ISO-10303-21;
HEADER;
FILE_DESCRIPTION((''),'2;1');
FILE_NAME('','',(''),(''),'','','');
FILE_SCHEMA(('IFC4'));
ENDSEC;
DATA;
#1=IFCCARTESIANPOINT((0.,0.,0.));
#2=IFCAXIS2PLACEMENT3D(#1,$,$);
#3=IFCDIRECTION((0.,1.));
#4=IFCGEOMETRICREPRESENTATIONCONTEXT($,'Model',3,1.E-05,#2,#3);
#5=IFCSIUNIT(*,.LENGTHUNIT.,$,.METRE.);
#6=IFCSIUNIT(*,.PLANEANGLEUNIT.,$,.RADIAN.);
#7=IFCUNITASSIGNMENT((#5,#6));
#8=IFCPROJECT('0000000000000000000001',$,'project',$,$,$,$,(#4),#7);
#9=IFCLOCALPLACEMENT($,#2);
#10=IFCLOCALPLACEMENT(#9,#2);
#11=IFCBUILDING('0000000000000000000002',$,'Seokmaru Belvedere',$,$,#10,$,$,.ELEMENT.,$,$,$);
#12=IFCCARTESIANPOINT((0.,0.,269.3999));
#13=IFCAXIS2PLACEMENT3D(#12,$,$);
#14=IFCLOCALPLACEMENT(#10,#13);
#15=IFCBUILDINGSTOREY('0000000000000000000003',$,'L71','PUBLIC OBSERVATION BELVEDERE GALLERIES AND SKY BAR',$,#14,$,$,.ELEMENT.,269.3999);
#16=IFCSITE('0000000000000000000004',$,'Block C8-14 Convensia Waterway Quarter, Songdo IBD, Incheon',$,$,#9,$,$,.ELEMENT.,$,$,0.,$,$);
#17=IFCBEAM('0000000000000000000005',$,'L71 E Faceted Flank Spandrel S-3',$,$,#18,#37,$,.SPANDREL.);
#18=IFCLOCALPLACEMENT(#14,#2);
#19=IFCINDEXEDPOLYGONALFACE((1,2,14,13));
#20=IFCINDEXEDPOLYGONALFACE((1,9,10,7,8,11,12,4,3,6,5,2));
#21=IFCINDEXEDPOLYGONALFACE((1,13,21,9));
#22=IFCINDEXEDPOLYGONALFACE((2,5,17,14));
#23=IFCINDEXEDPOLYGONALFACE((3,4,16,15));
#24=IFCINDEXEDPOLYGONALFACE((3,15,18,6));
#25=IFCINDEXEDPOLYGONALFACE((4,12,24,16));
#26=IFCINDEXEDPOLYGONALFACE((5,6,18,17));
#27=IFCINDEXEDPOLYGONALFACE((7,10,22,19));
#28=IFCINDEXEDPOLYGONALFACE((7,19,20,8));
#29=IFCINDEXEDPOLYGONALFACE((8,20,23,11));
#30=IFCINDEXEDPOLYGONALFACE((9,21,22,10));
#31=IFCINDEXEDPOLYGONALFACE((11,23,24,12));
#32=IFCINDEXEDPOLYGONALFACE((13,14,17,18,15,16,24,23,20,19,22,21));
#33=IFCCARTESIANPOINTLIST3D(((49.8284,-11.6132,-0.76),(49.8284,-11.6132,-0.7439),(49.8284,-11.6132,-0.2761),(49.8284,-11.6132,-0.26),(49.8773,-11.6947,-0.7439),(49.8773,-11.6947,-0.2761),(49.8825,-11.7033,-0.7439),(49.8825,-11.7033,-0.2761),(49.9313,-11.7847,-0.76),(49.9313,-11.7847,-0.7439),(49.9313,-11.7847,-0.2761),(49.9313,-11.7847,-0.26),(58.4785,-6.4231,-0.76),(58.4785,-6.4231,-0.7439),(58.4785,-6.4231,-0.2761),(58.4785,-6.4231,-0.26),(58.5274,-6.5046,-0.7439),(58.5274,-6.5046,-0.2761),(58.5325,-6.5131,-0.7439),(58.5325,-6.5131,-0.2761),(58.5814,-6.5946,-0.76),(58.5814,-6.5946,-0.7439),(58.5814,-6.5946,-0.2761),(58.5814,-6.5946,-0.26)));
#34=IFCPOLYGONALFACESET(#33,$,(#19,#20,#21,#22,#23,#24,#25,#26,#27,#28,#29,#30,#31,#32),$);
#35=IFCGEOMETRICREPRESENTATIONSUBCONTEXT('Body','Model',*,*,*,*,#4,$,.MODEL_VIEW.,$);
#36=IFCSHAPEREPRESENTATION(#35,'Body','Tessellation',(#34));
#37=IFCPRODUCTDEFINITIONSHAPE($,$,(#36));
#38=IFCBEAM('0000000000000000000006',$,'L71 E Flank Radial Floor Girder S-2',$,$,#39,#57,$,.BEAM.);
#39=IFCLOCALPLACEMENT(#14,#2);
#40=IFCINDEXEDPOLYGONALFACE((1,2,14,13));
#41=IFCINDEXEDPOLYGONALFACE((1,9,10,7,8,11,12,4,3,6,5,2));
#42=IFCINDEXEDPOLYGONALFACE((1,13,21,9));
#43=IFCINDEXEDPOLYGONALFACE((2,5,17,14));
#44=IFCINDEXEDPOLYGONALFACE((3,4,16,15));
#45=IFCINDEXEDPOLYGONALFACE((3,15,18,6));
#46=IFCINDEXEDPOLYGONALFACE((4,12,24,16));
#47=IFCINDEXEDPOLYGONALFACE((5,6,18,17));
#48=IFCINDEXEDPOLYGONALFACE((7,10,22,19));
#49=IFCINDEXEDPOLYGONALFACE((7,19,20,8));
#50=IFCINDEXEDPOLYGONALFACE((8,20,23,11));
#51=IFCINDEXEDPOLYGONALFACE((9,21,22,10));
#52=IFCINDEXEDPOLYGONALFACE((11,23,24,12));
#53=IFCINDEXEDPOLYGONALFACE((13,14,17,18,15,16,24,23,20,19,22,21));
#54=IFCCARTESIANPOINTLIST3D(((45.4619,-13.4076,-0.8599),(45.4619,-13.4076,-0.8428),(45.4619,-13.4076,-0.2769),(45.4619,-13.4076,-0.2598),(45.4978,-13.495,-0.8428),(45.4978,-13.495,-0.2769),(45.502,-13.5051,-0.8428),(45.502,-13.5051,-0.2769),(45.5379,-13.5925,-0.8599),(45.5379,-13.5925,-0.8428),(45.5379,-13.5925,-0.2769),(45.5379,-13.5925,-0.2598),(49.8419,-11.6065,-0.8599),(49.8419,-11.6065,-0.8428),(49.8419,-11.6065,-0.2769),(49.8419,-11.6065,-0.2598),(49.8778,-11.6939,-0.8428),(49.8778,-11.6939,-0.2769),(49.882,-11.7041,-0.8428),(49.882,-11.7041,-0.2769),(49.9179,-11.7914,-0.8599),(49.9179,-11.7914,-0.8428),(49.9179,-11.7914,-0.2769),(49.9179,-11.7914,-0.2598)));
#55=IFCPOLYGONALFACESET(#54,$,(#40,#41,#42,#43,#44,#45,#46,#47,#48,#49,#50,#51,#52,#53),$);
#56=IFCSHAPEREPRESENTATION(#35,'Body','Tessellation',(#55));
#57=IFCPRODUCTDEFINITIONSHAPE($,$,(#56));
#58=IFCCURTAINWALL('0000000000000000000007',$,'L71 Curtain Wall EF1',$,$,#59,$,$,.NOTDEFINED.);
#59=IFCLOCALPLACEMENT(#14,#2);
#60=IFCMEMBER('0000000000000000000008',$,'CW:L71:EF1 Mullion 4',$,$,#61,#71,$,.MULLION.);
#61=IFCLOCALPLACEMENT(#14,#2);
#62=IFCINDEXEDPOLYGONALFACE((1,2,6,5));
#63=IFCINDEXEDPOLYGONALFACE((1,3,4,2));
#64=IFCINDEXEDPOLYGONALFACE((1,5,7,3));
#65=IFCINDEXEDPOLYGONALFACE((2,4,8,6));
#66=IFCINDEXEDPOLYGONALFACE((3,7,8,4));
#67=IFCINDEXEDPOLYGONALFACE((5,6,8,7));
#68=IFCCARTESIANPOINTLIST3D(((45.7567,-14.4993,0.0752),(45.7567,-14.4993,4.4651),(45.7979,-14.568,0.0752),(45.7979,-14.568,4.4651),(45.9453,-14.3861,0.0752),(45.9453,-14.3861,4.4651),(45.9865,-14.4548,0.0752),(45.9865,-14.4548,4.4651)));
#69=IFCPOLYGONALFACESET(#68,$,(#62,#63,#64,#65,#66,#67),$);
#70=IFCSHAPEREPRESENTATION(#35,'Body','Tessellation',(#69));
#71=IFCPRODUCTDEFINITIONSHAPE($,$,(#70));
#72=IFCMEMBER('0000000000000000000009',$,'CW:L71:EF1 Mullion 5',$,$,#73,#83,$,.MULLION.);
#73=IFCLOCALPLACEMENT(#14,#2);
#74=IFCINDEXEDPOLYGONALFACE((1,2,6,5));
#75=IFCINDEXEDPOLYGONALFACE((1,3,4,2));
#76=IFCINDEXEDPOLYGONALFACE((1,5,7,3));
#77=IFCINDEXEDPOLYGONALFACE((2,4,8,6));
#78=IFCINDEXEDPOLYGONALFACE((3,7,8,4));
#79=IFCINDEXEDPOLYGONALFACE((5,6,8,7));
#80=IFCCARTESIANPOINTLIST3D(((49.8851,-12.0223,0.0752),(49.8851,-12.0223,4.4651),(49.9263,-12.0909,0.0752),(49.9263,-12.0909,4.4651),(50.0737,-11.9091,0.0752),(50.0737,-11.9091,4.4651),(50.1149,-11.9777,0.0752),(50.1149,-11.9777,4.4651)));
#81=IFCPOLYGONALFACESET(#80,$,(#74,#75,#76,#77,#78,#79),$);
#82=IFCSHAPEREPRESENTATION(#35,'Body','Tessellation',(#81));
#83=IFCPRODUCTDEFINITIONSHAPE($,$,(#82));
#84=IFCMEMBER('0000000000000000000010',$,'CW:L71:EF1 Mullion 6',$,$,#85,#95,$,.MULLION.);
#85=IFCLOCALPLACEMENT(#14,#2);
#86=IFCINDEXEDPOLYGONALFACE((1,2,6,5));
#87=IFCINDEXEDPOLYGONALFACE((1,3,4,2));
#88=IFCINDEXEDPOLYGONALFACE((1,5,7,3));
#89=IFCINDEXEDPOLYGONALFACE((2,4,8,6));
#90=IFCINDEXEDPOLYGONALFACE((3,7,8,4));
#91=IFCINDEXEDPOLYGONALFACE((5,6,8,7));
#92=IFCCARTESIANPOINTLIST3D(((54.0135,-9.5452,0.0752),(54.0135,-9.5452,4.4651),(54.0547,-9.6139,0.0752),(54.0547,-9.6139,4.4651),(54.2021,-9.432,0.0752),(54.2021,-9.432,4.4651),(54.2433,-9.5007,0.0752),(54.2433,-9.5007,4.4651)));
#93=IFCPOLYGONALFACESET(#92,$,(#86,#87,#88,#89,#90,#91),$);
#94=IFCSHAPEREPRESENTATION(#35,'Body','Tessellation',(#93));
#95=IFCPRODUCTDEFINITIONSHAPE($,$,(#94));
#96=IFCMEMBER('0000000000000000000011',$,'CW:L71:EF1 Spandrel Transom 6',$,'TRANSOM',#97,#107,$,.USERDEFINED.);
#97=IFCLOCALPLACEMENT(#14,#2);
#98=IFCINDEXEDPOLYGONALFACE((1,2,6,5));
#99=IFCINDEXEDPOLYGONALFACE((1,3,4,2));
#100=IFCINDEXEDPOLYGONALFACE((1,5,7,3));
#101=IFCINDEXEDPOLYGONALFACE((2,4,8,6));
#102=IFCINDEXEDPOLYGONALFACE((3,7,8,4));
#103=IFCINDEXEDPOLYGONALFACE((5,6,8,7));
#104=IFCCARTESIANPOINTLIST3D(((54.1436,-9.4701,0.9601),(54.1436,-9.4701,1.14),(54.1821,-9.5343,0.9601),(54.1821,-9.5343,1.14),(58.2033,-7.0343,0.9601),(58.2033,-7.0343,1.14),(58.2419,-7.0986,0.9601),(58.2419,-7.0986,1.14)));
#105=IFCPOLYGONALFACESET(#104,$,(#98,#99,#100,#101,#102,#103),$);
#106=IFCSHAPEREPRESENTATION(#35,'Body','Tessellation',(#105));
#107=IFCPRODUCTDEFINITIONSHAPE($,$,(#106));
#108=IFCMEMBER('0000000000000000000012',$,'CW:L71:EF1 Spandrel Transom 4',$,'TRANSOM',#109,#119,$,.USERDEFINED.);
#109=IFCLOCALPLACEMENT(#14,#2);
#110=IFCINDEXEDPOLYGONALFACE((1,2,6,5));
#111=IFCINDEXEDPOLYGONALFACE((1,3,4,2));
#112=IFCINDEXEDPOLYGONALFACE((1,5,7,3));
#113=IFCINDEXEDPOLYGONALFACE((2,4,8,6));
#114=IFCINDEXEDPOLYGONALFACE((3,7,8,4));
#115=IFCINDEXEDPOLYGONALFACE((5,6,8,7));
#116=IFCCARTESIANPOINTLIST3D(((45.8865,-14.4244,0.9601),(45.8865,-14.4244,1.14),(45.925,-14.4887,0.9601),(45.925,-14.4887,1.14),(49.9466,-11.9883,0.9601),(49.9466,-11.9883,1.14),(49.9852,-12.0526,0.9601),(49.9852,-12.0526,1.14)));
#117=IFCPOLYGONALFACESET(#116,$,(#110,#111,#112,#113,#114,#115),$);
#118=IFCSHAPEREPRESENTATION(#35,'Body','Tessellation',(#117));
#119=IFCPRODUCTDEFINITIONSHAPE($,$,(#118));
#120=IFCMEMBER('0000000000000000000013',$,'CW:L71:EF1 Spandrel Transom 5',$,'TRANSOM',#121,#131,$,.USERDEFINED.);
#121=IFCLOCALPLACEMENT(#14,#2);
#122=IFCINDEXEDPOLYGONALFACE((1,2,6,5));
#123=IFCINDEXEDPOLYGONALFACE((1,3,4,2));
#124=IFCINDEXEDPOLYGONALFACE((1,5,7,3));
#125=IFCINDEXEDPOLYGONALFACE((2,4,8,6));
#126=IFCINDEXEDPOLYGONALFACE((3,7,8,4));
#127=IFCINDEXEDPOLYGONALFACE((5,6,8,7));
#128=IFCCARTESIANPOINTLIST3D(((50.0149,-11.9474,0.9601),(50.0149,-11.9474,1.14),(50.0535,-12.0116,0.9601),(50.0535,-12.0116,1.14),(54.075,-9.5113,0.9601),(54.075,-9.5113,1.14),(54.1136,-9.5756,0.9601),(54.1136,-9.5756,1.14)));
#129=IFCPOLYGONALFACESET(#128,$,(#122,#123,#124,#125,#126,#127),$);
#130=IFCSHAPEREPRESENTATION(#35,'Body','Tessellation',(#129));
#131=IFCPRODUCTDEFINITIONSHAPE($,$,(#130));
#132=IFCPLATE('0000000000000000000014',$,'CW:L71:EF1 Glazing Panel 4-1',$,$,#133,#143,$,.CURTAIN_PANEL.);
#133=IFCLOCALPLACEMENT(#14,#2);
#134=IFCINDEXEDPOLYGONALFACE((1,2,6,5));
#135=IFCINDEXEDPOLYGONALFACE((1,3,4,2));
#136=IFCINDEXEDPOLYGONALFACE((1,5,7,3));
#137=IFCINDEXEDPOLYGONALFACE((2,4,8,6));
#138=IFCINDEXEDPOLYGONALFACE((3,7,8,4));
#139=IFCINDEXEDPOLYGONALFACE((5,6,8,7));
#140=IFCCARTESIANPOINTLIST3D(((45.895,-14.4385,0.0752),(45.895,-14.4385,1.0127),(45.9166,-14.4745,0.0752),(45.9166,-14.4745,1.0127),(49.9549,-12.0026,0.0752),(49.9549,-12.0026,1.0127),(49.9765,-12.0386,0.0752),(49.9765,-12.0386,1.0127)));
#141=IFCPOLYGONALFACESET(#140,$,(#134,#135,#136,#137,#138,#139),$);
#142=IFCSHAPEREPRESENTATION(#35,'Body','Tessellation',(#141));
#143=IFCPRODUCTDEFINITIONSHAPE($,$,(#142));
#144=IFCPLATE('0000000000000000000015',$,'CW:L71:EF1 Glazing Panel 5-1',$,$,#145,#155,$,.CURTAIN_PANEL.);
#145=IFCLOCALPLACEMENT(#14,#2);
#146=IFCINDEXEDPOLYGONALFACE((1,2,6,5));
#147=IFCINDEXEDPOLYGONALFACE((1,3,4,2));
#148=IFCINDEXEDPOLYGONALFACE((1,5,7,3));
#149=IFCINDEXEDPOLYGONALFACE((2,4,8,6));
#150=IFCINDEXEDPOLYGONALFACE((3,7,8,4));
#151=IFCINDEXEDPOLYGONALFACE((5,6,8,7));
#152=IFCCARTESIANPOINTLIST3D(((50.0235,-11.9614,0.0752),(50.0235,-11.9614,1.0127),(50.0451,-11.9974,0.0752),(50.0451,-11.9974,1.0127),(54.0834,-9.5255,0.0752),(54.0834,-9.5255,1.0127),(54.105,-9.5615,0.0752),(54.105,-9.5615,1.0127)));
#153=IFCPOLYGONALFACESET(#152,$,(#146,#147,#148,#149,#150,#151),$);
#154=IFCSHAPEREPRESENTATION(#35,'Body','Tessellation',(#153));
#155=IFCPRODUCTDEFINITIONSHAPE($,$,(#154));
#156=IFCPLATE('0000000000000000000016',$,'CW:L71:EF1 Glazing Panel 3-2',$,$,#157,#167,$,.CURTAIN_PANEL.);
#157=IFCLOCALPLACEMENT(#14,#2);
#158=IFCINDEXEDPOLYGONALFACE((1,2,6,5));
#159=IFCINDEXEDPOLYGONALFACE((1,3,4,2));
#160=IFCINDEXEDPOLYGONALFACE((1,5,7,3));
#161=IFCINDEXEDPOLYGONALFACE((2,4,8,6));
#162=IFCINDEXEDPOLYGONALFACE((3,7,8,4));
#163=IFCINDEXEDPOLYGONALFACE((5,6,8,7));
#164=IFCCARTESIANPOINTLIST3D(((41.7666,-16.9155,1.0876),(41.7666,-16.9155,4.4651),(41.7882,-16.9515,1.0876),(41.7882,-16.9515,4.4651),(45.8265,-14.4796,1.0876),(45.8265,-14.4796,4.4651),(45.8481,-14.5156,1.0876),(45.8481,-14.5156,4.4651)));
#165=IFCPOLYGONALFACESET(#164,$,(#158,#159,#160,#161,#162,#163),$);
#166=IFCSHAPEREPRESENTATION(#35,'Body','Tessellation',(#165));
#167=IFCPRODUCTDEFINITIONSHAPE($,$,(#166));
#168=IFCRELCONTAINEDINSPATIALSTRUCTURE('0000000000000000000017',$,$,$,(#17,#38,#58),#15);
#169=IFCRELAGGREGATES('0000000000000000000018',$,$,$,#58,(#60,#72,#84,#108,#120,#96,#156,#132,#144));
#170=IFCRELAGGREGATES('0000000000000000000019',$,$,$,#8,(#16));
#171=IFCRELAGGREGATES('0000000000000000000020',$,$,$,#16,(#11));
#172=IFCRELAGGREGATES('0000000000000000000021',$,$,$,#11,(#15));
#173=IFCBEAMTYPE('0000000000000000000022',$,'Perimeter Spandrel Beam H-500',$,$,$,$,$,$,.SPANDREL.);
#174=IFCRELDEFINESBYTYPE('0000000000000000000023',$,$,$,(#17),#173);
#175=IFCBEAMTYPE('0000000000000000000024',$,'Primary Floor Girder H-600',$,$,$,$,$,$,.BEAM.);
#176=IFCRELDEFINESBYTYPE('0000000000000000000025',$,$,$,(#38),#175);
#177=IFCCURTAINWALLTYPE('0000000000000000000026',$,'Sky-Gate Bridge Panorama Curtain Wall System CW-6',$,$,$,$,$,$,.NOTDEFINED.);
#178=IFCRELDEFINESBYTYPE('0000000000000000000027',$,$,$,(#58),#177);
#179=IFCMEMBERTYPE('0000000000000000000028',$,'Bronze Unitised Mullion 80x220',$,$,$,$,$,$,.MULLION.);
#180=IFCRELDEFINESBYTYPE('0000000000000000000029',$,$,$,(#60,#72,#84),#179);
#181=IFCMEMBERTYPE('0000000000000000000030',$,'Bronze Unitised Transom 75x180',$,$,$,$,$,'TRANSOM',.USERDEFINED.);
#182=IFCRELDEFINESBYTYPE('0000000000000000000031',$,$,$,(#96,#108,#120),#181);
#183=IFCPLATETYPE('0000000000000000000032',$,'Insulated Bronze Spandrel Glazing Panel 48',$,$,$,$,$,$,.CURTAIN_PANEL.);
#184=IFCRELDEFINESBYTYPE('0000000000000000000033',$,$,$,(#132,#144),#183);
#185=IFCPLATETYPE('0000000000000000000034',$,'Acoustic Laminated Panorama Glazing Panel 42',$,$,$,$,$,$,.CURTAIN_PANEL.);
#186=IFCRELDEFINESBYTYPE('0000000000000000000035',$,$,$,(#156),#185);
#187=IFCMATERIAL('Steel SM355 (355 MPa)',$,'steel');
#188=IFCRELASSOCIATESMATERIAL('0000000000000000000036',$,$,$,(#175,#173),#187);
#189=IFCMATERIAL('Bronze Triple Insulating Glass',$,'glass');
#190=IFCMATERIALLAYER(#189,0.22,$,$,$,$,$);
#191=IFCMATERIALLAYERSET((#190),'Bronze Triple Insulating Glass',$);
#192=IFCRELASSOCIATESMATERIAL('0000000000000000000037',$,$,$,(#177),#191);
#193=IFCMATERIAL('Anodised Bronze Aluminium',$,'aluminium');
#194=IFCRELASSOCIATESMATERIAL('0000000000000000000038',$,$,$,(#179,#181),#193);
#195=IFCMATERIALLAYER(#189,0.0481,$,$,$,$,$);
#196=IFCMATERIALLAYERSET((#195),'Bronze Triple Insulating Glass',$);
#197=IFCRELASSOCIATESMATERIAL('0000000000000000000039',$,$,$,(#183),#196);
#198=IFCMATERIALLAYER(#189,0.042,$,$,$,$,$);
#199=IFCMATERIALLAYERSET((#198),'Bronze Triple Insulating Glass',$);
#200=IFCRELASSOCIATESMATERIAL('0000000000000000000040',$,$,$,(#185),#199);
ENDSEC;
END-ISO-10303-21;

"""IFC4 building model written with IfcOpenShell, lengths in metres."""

from ifc_helpers import new_model, si_unit, direction, frame, origin, origin_2d, place, context, subcontext, project, spatial, rectangle, i_section, extrude, source, transform, mapped, material, layer, layer_set, material_profile, profile_set, type_object, type_shapes, element, aggregate, save


model = new_model("IFC4")

# Units and contexts
model_context = context("Model", 3, precision=1e-05, world=origin(), true_north=direction((0.0, 1.0)))
body_context = subcontext(model_context, "Body", "Model", "MODEL_VIEW")
ifc_project = project(units=[si_unit("LENGTHUNIT", "METRE"), si_unit("PLANEANGLEUNIT", "RADIAN")], contexts=[model_context])

# Site, building, storey
site_placement = place(None, origin())
site = spatial("IfcSite", under=ifc_project, at=site_placement, Name="Block C8-14 Convensia Waterway Quarter, Songdo IBD, Incheon", CompositionType="ELEMENT", RefElevation=0.0)
building_placement = place(site_placement, origin())
building = spatial("IfcBuilding", under=site, at=building_placement, Name="Seokmaru Belvedere", CompositionType="ELEMENT")
storey_placement = place(building_placement, frame((0.0, 0.0, 269.3999)))
storey = spatial("IfcBuildingStorey", under=building, at=storey_placement, Name="L71", Description="PUBLIC OBSERVATION BELVEDERE GALLERIES AND SKY BAR", CompositionType="ELEMENT", Elevation=269.3999)

# Shared definitions
ifc_material_1 = material(Name="Steel SM355 (355 MPa)", Category="steel")

# Beams
ifc_material_profile_1 = material_profile(ifc_material_1, i_section(OverallWidth=0.2, OverallDepth=0.6001, WebThickness=0.011, FlangeThickness=0.0171, at=origin_2d()), Name="H-600x200x11x17")
ifc_profile_set_1 = profile_set([ifc_material_profile_1], Name="Steel SM355 (355 MPa)")
beam_type_1 = type_object("IfcBeamType", Name="Primary Floor Girder H-600", PredefinedType="BEAM", material=ifc_profile_set_1)
ifc_material_profile_2 = material_profile(ifc_material_1, i_section(OverallWidth=0.2, OverallDepth=0.5, WebThickness=0.01, FlangeThickness=0.0161, at=origin_2d()), Name="H-500x200x10x16")
ifc_profile_set_2 = profile_set([ifc_material_profile_2], Name="Steel SM355 (355 MPa)")
beam_type_2 = type_object("IfcBeamType", Name="Perimeter Spandrel Beam H-500", PredefinedType="SPANDREL", material=ifc_profile_set_2)
shared_shape_1 = source(origin(), body_context, "Body", "SweptSolid", [
    extrude(i_section(OverallWidth=0.2, OverallDepth=0.5, WebThickness=0.01, FlangeThickness=0.0161, at=origin_2d()), origin(), (0.0, 0.0, 1.0), 10.0876),
])
type_shapes(beam_type_2, [shared_shape_1])
beam_1_placement = place(storey_placement, frame((49.8799, -11.699, -0.51), z_axis=(0.857489, 0.514503, 0.0), x_axis=(-0.514503, 0.857489, 0.0)))
element("IfcBeam", 1, at=beam_1_placement, inside=storey, type_object=beam_type_2, Name="L71 E Faceted Flank Spandrel S-3", PredefinedType="SPANDREL", context=body_context, shape_type="MappedRepresentation", body=[
    mapped(shared_shape_1, transform((0.0, 0.0, 0.0), scale=1.0)),
])
shared_shape_2 = source(origin(), body_context, "Body", "SweptSolid", [
    extrude(i_section(OverallWidth=0.2, OverallDepth=0.6001, WebThickness=0.011, FlangeThickness=0.0171, at=origin_2d()), origin(), (0.0, 0.0, 1.0), 4.7358),
])
beam_2_placement = place(storey_placement, frame((49.8799, -11.699, -0.5598), z_axis=(-0.924861, -0.380306, 0.0), x_axis=(0.380306, -0.924861, 0.0)))
element("IfcBeam", 2, at=beam_2_placement, inside=storey, type_object=beam_type_1, Name="L71 E Flank Radial Floor Girder S-2", PredefinedType="BEAM", context=body_context, shape_type="MappedRepresentation", body=[
    mapped(shared_shape_2, transform((0.0, 0.0, 0.0), scale=1.0)),
])

# Curtain wall, members, plates
ifc_material_2 = material(Name="Bronze Triple Insulating Glass", Category="glass")
ifc_layer_1 = layer(ifc_material_2, 0.22)
ifc_layer_set_1 = layer_set([ifc_layer_1], Name="Bronze Triple Insulating Glass")
curtain_wall_type = type_object("IfcCurtainWallType", Name="Sky-Gate Bridge Panorama Curtain Wall System CW-6", PredefinedType="NOTDEFINED", material=ifc_layer_set_1)
curtain_wall_placement = place(storey_placement, origin())
curtain_wall = element("IfcCurtainWall", 3, at=curtain_wall_placement, inside=storey, type_object=curtain_wall_type, Name="L71 Curtain Wall EF1", PredefinedType="NOTDEFINED")
ifc_material_3 = material(Name="Anodised Bronze Aluminium", Category="aluminium")
ifc_material_profile_3 = material_profile(ifc_material_3, rectangle(XDim=0.0801, YDim=0.22, at=origin_2d()), Name="CW-M-80x220")
ifc_profile_set_3 = profile_set([ifc_material_profile_3], Name="Anodised Bronze Aluminium")
member_type_1 = type_object("IfcMemberType", Name="Bronze Unitised Mullion 80x220", PredefinedType="MULLION", material=ifc_profile_set_3)
shared_shape_3 = source(origin(), body_context, "Body", "SweptSolid", [
    extrude(rectangle(XDim=0.0801, YDim=0.22, at=origin_2d()), origin(), (0.0, 0.0, 1.0), 4.3899),
])
type_shapes(member_type_1, [shared_shape_3])
member_1_placement = place(storey_placement, frame((45.8716, -14.4771, 0.0752), z_axis=(0.0, 0.0, 1.0), x_axis=(-0.514495, 0.857493, 0.0)))
member_1 = element("IfcMember", 4, at=member_1_placement, type_object=member_type_1, Name="CW:L71:EF1 Mullion 4", PredefinedType="MULLION", context=body_context, shape_type="MappedRepresentation", body=[
    mapped(shared_shape_3, transform((0.0, 0.0, 0.0), scale=1.0)),
])
member_2_placement = place(storey_placement, frame((50.0, -12.0, 0.0752), z_axis=(0.0, 0.0, 1.0), x_axis=(-0.514495, 0.857493, 0.0)))
member_2 = element("IfcMember", 5, at=member_2_placement, type_object=member_type_1, Name="CW:L71:EF1 Mullion 5", PredefinedType="MULLION", context=body_context, shape_type="MappedRepresentation", body=[
    mapped(shared_shape_3, transform((0.0, 0.0, 0.0), scale=1.0)),
])
member_3_placement = place(storey_placement, frame((54.1284, -9.5229, 0.0752), z_axis=(0.0, 0.0, 1.0), x_axis=(-0.514495, 0.857493, 0.0)))
member_3 = element("IfcMember", 6, at=member_3_placement, type_object=member_type_1, Name="CW:L71:EF1 Mullion 6", PredefinedType="MULLION", context=body_context, shape_type="MappedRepresentation", body=[
    mapped(shared_shape_3, transform((0.0, 0.0, 0.0), scale=1.0)),
])
ifc_material_profile_4 = material_profile(ifc_material_3, rectangle(XDim=0.075, YDim=0.1799, at=origin_2d()), Name="CW-T-75x180")
ifc_profile_set_4 = profile_set([ifc_material_profile_4], Name="Anodised Bronze Aluminium")
member_type_2 = type_object("IfcMemberType", Name="Bronze Unitised Transom 75x180", ElementType="TRANSOM", PredefinedType="USERDEFINED", material=ifc_profile_set_4)
shared_shape_4 = source(origin(), body_context, "Body", "SweptSolid", [
    extrude(rectangle(XDim=0.075, YDim=0.1799, at=origin_2d()), origin(), (0.0, 0.0, 1.0), 4.7344),
])
member_4_placement = place(storey_placement, frame((54.1628, -9.5022, 1.05), z_axis=(0.857502, 0.514481, 0.0), x_axis=(-0.514481, 0.857502, 0.0)))
member_4 = element("IfcMember", 7, at=member_4_placement, type_object=member_type_2, Name="CW:L71:EF1 Spandrel Transom 6", ObjectType="TRANSOM", PredefinedType="USERDEFINED", context=body_context, shape_type="MappedRepresentation", body=[
    mapped(shared_shape_4, transform((0.0, 0.0, 0.0), scale=1.0)),
])
shared_shape_5 = source(origin(), body_context, "Body", "SweptSolid", [
    extrude(rectangle(XDim=0.075, YDim=0.1799, at=origin_2d()), origin(), (0.0, 0.0, 1.0), 4.7349),
])
type_shapes(member_type_2, [shared_shape_4, shared_shape_5])
member_5_placement = place(storey_placement, frame((45.9058, -14.4565, 1.05), z_axis=(0.857493, 0.514496, 0.0), x_axis=(-0.514496, 0.857493, 0.0)))
member_5 = element("IfcMember", 8, at=member_5_placement, type_object=member_type_2, Name="CW:L71:EF1 Spandrel Transom 4", ObjectType="TRANSOM", PredefinedType="USERDEFINED", context=body_context, shape_type="MappedRepresentation", body=[
    mapped(shared_shape_5, transform((0.0, 0.0, 0.0), scale=1.0)),
])
member_6_placement = place(storey_placement, frame((50.0342, -11.9795, 1.05), z_axis=(0.857493, 0.514496, 0.0), x_axis=(-0.514496, 0.857493, 0.0)))
member_6 = element("IfcMember", 9, at=member_6_placement, type_object=member_type_2, Name="CW:L71:EF1 Spandrel Transom 5", ObjectType="TRANSOM", PredefinedType="USERDEFINED", context=body_context, shape_type="MappedRepresentation", body=[
    mapped(shared_shape_5, transform((0.0, 0.0, 0.0), scale=1.0)),
])
ifc_layer_2 = layer(ifc_material_2, 0.0481)
ifc_layer_set_2 = layer_set([ifc_layer_2], Name="Bronze Triple Insulating Glass")
plate_type_1 = type_object("IfcPlateType", Name="Insulated Bronze Spandrel Glazing Panel 48", PredefinedType="CURTAIN_PANEL", material=ifc_layer_set_2)
shared_shape_6 = source(origin(), body_context, "Body", "SweptSolid", [
    extrude(rectangle(XDim=4.7346, YDim=0.042, at=origin_2d()), origin(), (0.0, 0.0, 1.0), 0.9375),
])
type_shapes(plate_type_1, [shared_shape_6])
plate_1_placement = place(storey_placement, frame((47.9358, -13.2385, 0.0752), z_axis=(0.0, 0.0, 1.0), x_axis=(0.857493, 0.514495, 0.0)))
plate_1 = element("IfcPlate", 10, at=plate_1_placement, type_object=plate_type_1, Name="CW:L71:EF1 Glazing Panel 4-1", PredefinedType="CURTAIN_PANEL", context=body_context, shape_type="MappedRepresentation", body=[
    mapped(shared_shape_6, transform((0.0, 0.0, 0.0), scale=1.0)),
])
plate_2_placement = place(storey_placement, frame((52.0642, -10.7615, 0.0752), z_axis=(0.0, 0.0, 1.0), x_axis=(0.857493, 0.514495, 0.0)))
plate_2 = element("IfcPlate", 11, at=plate_2_placement, type_object=plate_type_1, Name="CW:L71:EF1 Glazing Panel 5-1", PredefinedType="CURTAIN_PANEL", context=body_context, shape_type="MappedRepresentation", body=[
    mapped(shared_shape_6, transform((0.0, 0.0, 0.0), scale=1.0)),
])
ifc_layer_3 = layer(ifc_material_2, 0.042)
ifc_layer_set_3 = layer_set([ifc_layer_3], Name="Bronze Triple Insulating Glass")
plate_type_2 = type_object("IfcPlateType", Name="Acoustic Laminated Panorama Glazing Panel 42", PredefinedType="CURTAIN_PANEL", material=ifc_layer_set_3)
shared_shape_7 = source(origin(), body_context, "Body", "SweptSolid", [
    extrude(rectangle(XDim=4.7346, YDim=0.042, at=origin_2d()), origin(), (0.0, 0.0, 1.0), 3.3774),
])
type_shapes(plate_type_2, [shared_shape_7])
plate_3_placement = place(storey_placement, frame((43.8074, -15.7156, 1.0876), z_axis=(0.0, 0.0, 1.0), x_axis=(0.857493, 0.514495, 0.0)))
plate_3 = element("IfcPlate", 12, at=plate_3_placement, type_object=plate_type_2, Name="CW:L71:EF1 Glazing Panel 3-2", PredefinedType="CURTAIN_PANEL", context=body_context, shape_type="MappedRepresentation", body=[
    mapped(shared_shape_7, transform((0.0, 0.0, 0.0), scale=1.0)),
])
aggregate(curtain_wall, [member_1, member_2, member_3, member_5, member_6, member_4, plate_3, plate_1, plate_2])

save(model, "model.ifc")
